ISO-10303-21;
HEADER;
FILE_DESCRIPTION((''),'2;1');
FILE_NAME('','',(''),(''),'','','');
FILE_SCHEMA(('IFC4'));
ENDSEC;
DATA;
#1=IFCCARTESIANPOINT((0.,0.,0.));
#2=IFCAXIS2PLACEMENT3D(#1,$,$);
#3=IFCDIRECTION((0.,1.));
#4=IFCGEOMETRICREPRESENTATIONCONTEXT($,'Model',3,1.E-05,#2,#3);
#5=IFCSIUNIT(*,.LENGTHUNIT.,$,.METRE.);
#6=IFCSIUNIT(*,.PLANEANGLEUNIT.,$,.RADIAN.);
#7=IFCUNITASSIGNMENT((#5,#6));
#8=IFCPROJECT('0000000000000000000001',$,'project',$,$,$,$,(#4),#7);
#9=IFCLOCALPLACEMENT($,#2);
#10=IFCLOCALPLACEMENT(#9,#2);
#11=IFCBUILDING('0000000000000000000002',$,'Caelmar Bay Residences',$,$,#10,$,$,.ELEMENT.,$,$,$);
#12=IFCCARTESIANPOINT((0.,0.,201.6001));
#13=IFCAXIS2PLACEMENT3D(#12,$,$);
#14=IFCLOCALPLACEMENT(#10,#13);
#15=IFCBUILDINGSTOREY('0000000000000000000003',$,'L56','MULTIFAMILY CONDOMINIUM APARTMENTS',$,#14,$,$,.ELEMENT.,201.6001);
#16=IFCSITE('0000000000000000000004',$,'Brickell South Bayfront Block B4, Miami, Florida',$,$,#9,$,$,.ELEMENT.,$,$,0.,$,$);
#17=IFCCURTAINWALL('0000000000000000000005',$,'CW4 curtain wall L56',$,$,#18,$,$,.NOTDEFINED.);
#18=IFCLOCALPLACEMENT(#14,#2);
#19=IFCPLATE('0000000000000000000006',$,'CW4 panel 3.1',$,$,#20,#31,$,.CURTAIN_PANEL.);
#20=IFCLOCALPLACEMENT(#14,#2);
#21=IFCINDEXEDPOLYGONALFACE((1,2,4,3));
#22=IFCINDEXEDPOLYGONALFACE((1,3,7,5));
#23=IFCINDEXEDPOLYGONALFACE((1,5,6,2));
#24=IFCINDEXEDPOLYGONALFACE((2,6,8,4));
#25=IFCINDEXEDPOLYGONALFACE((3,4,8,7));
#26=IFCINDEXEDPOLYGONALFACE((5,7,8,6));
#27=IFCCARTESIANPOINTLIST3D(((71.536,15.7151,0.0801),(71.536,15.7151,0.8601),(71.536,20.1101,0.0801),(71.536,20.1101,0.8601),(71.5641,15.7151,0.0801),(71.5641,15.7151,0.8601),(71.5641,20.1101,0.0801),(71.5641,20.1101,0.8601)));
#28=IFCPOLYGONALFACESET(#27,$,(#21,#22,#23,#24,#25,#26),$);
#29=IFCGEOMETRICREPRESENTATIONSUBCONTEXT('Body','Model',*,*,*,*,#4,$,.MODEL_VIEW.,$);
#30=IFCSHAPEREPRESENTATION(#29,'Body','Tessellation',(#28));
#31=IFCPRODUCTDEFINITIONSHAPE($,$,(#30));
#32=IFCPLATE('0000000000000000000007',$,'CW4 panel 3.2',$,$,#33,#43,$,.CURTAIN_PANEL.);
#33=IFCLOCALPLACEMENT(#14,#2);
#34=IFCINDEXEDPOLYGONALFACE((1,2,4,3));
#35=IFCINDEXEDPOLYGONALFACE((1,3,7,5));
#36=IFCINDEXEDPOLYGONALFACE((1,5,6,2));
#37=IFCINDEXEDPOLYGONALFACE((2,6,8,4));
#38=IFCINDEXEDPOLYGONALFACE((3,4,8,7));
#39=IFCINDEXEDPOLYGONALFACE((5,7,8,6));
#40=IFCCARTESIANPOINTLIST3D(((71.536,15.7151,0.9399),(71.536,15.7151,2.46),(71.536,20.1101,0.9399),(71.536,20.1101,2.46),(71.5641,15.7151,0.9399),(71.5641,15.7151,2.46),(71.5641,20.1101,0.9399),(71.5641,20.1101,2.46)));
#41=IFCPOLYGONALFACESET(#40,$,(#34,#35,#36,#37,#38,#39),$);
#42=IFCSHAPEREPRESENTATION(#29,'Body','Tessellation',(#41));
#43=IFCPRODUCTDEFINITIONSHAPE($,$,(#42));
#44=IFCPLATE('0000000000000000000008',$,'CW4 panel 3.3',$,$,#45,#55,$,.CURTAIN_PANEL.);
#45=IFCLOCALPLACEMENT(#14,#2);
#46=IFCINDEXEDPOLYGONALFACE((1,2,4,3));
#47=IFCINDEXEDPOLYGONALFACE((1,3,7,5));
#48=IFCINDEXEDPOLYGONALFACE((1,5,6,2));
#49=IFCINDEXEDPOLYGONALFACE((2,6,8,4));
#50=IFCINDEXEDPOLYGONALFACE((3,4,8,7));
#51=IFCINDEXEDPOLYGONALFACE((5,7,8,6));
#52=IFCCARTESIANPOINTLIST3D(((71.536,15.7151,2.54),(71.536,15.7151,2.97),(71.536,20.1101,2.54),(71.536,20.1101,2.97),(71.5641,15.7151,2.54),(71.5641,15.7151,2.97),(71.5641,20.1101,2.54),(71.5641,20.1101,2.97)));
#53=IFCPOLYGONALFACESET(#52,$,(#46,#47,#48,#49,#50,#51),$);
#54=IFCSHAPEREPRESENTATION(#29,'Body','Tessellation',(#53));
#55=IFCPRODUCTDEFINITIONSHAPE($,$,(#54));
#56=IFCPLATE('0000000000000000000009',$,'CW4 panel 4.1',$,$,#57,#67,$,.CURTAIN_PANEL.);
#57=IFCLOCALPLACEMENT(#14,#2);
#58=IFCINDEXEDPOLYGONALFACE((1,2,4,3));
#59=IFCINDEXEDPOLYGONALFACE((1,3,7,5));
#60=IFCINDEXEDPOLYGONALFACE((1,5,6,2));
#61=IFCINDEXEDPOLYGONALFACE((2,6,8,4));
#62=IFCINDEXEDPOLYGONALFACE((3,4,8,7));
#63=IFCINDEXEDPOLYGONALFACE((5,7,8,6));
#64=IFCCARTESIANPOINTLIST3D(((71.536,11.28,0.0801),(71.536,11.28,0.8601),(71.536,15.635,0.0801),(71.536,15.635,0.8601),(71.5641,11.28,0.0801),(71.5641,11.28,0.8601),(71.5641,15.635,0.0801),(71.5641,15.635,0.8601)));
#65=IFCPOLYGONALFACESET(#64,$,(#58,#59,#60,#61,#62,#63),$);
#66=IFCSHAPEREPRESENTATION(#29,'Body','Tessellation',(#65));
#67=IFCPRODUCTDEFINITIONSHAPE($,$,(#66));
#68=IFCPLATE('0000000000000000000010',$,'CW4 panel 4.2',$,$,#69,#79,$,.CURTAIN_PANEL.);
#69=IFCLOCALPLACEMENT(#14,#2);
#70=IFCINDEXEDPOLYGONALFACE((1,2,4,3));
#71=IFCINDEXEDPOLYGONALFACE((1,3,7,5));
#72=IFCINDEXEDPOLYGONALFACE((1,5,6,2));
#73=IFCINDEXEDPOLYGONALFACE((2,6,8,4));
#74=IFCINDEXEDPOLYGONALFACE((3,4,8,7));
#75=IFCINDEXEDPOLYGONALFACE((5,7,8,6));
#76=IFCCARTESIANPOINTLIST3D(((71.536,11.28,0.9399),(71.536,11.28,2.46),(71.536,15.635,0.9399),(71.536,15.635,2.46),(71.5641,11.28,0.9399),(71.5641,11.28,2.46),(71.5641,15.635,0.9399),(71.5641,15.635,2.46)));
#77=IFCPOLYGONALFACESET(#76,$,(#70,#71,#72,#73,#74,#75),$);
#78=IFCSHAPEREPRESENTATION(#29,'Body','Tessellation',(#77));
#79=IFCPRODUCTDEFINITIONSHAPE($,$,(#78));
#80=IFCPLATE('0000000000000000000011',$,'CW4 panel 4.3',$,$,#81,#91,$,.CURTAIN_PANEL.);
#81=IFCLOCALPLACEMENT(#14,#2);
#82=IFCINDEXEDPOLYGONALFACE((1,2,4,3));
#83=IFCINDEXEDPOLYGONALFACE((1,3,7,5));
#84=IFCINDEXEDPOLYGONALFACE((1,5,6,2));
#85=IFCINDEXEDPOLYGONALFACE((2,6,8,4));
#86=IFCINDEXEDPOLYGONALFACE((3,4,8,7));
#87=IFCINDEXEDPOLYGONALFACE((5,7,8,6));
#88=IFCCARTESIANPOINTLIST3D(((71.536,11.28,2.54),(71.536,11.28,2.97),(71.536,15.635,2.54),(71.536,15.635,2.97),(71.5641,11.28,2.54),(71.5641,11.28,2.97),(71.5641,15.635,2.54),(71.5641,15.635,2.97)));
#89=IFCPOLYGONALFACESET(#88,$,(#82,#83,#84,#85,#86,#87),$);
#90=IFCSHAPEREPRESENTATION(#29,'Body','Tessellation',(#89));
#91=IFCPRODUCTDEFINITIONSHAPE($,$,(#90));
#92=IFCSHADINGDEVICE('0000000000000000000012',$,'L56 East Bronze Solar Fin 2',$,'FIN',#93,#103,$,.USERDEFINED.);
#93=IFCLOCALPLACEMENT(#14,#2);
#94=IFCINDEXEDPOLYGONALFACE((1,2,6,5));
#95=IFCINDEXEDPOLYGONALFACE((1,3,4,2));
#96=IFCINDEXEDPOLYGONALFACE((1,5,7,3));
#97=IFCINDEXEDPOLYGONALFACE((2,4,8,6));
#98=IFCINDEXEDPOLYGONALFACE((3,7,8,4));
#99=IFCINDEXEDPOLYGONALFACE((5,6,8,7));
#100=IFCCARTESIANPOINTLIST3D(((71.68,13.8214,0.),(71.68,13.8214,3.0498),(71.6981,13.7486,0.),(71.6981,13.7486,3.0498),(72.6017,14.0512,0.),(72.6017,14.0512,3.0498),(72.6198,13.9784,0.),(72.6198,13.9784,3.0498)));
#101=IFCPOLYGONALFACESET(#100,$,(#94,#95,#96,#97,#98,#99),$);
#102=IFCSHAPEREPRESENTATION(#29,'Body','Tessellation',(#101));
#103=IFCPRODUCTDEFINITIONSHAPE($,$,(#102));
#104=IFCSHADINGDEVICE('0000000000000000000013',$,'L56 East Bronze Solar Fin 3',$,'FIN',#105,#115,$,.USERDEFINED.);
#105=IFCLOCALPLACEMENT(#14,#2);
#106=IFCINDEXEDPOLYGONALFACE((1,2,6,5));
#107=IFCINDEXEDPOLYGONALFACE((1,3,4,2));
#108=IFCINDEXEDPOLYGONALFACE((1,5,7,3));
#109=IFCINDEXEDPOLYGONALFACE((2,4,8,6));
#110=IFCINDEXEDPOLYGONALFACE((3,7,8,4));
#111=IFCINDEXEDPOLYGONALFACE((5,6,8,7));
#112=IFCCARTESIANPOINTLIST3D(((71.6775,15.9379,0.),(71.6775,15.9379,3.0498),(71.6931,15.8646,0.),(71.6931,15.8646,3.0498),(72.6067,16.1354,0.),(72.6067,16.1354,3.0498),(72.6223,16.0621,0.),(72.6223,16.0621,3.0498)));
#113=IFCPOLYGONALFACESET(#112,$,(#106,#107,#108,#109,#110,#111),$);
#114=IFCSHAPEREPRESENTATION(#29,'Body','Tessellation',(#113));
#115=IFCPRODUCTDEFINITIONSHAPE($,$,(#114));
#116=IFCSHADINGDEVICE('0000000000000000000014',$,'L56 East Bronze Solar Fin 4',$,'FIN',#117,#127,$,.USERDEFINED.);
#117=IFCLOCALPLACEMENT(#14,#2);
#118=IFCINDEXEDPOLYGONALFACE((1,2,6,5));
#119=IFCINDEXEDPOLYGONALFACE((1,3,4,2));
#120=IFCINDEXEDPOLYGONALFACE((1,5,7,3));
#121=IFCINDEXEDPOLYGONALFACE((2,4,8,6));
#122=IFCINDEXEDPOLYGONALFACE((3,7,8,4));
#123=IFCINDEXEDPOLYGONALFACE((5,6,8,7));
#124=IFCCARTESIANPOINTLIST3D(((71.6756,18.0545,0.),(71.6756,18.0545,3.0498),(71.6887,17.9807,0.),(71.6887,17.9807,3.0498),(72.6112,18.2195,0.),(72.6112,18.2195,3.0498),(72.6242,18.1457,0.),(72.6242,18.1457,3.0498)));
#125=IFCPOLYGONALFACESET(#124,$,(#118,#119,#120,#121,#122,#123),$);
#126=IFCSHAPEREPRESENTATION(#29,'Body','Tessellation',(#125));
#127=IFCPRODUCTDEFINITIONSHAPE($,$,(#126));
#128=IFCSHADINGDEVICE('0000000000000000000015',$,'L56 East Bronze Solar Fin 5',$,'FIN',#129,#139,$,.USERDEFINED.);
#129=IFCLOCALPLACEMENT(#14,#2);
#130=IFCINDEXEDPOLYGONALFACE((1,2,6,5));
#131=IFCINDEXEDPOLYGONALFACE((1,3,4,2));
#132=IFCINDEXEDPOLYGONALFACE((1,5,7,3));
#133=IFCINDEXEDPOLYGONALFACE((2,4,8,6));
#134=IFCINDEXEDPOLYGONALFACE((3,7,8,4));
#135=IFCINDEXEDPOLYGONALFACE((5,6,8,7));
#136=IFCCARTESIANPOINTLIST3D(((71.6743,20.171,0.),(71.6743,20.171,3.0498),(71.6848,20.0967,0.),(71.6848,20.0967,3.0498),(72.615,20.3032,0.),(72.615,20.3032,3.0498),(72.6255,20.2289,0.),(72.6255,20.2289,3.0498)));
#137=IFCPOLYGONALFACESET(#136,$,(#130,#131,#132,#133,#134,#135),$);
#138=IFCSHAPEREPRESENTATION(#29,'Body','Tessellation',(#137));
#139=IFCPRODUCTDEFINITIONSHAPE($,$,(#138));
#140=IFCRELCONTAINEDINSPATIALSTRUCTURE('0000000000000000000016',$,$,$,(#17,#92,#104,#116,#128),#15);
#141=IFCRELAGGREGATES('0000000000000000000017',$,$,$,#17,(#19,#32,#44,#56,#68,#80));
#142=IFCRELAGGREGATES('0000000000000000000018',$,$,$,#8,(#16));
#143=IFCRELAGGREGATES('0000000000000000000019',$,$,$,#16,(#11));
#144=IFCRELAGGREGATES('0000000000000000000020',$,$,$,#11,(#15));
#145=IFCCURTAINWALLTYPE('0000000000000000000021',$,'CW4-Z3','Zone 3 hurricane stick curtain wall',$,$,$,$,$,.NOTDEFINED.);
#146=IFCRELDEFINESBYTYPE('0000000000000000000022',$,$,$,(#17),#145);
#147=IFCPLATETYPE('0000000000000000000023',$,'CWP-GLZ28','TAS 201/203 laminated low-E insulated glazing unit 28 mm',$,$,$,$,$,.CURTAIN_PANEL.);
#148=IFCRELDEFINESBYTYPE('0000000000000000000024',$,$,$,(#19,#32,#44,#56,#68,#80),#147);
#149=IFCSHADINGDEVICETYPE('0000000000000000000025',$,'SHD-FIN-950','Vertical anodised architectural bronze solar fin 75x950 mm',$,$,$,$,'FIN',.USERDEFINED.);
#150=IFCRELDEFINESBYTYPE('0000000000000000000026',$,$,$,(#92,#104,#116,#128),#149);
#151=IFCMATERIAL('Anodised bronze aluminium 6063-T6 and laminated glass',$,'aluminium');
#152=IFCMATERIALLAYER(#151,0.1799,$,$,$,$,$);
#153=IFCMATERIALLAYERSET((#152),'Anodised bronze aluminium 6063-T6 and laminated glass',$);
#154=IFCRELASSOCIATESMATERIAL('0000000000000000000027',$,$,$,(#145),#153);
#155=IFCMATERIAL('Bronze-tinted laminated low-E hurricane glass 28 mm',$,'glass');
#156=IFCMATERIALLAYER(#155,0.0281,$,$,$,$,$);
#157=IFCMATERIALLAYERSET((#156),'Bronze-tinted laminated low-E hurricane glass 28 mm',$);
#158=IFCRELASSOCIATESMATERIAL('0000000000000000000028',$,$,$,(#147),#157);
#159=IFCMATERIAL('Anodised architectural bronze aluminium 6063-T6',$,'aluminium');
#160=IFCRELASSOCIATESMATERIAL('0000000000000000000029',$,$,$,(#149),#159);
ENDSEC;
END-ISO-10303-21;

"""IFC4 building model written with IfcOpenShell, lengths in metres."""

from ifc_helpers import new_model, si_unit, direction, frame, origin, origin_2d, place, context, subcontext, project, spatial, rectangle, extrude, material, layer, layer_set, material_profile, profile_set, type_object, element, aggregate, save


model = new_model("IFC4")

# Units and contexts
model_context = context("Model", 3, precision=1e-05, world=origin(), true_north=direction((0.0, 1.0)))
body_context = subcontext(model_context, "Body", "Model", "MODEL_VIEW")
ifc_project = project(units=[si_unit("LENGTHUNIT", "METRE"), si_unit("PLANEANGLEUNIT", "RADIAN")], contexts=[model_context])

# Site, building, storey
site_placement = place(None, origin())
site = spatial("IfcSite", under=ifc_project, at=site_placement, Name="Brickell South Bayfront Block B4, Miami, Florida", CompositionType="ELEMENT", RefElevation=0.0)
building_placement = place(site_placement, origin())
building = spatial("IfcBuilding", under=site, at=building_placement, Name="Caelmar Bay Residences", CompositionType="ELEMENT")
storey_placement = place(building_placement, frame((0.0, 0.0, 201.6001)))
storey = spatial("IfcBuildingStorey", under=building, at=storey_placement, Name="L56", Description="MULTIFAMILY CONDOMINIUM APARTMENTS", CompositionType="ELEMENT", Elevation=201.6001)

# Curtain wall, plates
ifc_material_1 = material(Name="Anodised bronze aluminium 6063-T6 and laminated glass", Category="aluminium")
ifc_layer_1 = layer(ifc_material_1, 0.1799)
ifc_layer_set_1 = layer_set([ifc_layer_1], Name="Anodised bronze aluminium 6063-T6 and laminated glass")
curtain_wall_type = type_object("IfcCurtainWallType", Name="CW4-Z3", Description="Zone 3 hurricane stick curtain wall", PredefinedType="NOTDEFINED", material=ifc_layer_set_1)
curtain_wall_placement = place(storey_placement, origin())
curtain_wall = element("IfcCurtainWall", 1, at=curtain_wall_placement, inside=storey, type_object=curtain_wall_type, Name="CW4 curtain wall L56", PredefinedType="NOTDEFINED")
ifc_material_2 = material(Name="Bronze-tinted laminated low-E hurricane glass 28 mm", Category="glass")
ifc_layer_2 = layer(ifc_material_2, 0.0281)
ifc_layer_set_2 = layer_set([ifc_layer_2], Name="Bronze-tinted laminated low-E hurricane glass 28 mm")
plate_type = type_object("IfcPlateType", Name="CWP-GLZ28", Description="TAS 201/203 laminated low-E insulated glazing unit 28 mm", PredefinedType="CURTAIN_PANEL", material=ifc_layer_set_2)
plate_1_placement = place(storey_placement, frame((71.55, 17.9126, 0.0801), z_axis=(0.0, 0.0, 1.0), x_axis=(0.0, -1.0, 0.0)))
plate_1 = element("IfcPlate", 2, at=plate_1_placement, type_object=plate_type, Name="CW4 panel 3.1", PredefinedType="CURTAIN_PANEL", context=body_context, shape_type="SweptSolid", body=[
    extrude(rectangle(XDim=4.395, YDim=0.0281, at=origin_2d()), origin(), (0.0, 0.0, 1.0), 0.78),
])
plate_2_placement = place(storey_placement, frame((71.55, 17.9126, 0.9399), z_axis=(0.0, 0.0, 1.0), x_axis=(0.0, -1.0, 0.0)))
plate_2 = element("IfcPlate", 3, at=plate_2_placement, type_object=plate_type, Name="CW4 panel 3.2", PredefinedType="CURTAIN_PANEL", context=body_context, shape_type="SweptSolid", body=[
    extrude(rectangle(XDim=4.395, YDim=0.0281, at=origin_2d()), origin(), (0.0, 0.0, 1.0), 1.52),
])
plate_3_placement = place(storey_placement, frame((71.55, 17.9126, 2.54), z_axis=(0.0, 0.0, 1.0), x_axis=(0.0, -1.0, 0.0)))
plate_3 = element("IfcPlate", 4, at=plate_3_placement, type_object=plate_type, Name="CW4 panel 3.3", PredefinedType="CURTAIN_PANEL", context=body_context, shape_type="SweptSolid", body=[
    extrude(rectangle(XDim=4.395, YDim=0.0281, at=origin_2d()), origin(), (0.0, 0.0, 1.0), 0.4299),
])
plate_4_placement = place(storey_placement, frame((71.55, 13.4575, 0.0801), z_axis=(0.0, 0.0, 1.0), x_axis=(0.0, -1.0, 0.0)))
plate_4 = element("IfcPlate", 5, at=plate_4_placement, type_object=plate_type, Name="CW4 panel 4.1", PredefinedType="CURTAIN_PANEL", context=body_context, shape_type="SweptSolid", body=[
    extrude(rectangle(XDim=4.355, YDim=0.0281, at=origin_2d()), origin(), (0.0, 0.0, 1.0), 0.78),
])
plate_5_placement = place(storey_placement, frame((71.55, 13.4575, 0.9399), z_axis=(0.0, 0.0, 1.0), x_axis=(0.0, -1.0, 0.0)))
plate_5 = element("IfcPlate", 6, at=plate_5_placement, type_object=plate_type, Name="CW4 panel 4.2", PredefinedType="CURTAIN_PANEL", context=body_context, shape_type="SweptSolid", body=[
    extrude(rectangle(XDim=4.355, YDim=0.0281, at=origin_2d()), origin(), (0.0, 0.0, 1.0), 1.52),
])
plate_6_placement = place(storey_placement, frame((71.55, 13.4575, 2.54), z_axis=(0.0, 0.0, 1.0), x_axis=(0.0, -1.0, 0.0)))
plate_6 = element("IfcPlate", 7, at=plate_6_placement, type_object=plate_type, Name="CW4 panel 4.3", PredefinedType="CURTAIN_PANEL", context=body_context, shape_type="SweptSolid", body=[
    extrude(rectangle(XDim=4.355, YDim=0.0281, at=origin_2d()), origin(), (0.0, 0.0, 1.0), 0.4299),
])
aggregate(curtain_wall, [plate_1, plate_2, plate_3, plate_4, plate_5, plate_6])

# Shading devices
ifc_material_3 = material(Name="Anodised architectural bronze aluminium 6063-T6", Category="aluminium")
ifc_material_profile_1 = material_profile(ifc_material_3, rectangle(XDim=0.075, YDim=0.95, at=origin_2d()), Name="BRONZE-FIN-75X950")
ifc_profile_set_1 = profile_set([ifc_material_profile_1], Name="Anodised architectural bronze aluminium 6063-T6")
shading_device_type = type_object("IfcShadingDeviceType", Name="SHD-FIN-950", Description="Vertical anodised architectural bronze solar fin 75x950 mm", ElementType="FIN", PredefinedType="USERDEFINED", material=ifc_profile_set_1)
for number, where, z_axis, x_axis, name in (
    (8, (72.1499, 13.8999, 0.0), (0.0, 0.0, 1.0), (-0.241922, 0.970296, 0.0), "L56 East Bronze Solar Fin 2"),
    (9, (72.1499, 16.0, 0.0), (0.0, 0.0, 1.0), (-0.207912, 0.978148, 0.0), "L56 East Bronze Solar Fin 3"),
    (10, (72.1499, 18.1001, 0.0), (0.0, 0.0, 1.0), (-0.173648, 0.984808, 0.0), "L56 East Bronze Solar Fin 4"),
    (11, (72.1499, 20.2, 0.0), (0.0, 0.0, 1.0), (-0.139173, 0.990268, 0.0), "L56 East Bronze Solar Fin 5"),
):
    element("IfcShadingDevice", number, at=place(storey_placement, frame(where, z_axis=z_axis, x_axis=x_axis)), inside=storey, type_object=shading_device_type, Name=name, ObjectType="FIN", PredefinedType="USERDEFINED", context=body_context, shape_type="SweptSolid", body=[
        extrude(rectangle(XDim=0.075, YDim=0.95, at=origin_2d()), origin(), (0.0, 0.0, 1.0), 3.0498),
    ])

save(model, "model.ifc")
